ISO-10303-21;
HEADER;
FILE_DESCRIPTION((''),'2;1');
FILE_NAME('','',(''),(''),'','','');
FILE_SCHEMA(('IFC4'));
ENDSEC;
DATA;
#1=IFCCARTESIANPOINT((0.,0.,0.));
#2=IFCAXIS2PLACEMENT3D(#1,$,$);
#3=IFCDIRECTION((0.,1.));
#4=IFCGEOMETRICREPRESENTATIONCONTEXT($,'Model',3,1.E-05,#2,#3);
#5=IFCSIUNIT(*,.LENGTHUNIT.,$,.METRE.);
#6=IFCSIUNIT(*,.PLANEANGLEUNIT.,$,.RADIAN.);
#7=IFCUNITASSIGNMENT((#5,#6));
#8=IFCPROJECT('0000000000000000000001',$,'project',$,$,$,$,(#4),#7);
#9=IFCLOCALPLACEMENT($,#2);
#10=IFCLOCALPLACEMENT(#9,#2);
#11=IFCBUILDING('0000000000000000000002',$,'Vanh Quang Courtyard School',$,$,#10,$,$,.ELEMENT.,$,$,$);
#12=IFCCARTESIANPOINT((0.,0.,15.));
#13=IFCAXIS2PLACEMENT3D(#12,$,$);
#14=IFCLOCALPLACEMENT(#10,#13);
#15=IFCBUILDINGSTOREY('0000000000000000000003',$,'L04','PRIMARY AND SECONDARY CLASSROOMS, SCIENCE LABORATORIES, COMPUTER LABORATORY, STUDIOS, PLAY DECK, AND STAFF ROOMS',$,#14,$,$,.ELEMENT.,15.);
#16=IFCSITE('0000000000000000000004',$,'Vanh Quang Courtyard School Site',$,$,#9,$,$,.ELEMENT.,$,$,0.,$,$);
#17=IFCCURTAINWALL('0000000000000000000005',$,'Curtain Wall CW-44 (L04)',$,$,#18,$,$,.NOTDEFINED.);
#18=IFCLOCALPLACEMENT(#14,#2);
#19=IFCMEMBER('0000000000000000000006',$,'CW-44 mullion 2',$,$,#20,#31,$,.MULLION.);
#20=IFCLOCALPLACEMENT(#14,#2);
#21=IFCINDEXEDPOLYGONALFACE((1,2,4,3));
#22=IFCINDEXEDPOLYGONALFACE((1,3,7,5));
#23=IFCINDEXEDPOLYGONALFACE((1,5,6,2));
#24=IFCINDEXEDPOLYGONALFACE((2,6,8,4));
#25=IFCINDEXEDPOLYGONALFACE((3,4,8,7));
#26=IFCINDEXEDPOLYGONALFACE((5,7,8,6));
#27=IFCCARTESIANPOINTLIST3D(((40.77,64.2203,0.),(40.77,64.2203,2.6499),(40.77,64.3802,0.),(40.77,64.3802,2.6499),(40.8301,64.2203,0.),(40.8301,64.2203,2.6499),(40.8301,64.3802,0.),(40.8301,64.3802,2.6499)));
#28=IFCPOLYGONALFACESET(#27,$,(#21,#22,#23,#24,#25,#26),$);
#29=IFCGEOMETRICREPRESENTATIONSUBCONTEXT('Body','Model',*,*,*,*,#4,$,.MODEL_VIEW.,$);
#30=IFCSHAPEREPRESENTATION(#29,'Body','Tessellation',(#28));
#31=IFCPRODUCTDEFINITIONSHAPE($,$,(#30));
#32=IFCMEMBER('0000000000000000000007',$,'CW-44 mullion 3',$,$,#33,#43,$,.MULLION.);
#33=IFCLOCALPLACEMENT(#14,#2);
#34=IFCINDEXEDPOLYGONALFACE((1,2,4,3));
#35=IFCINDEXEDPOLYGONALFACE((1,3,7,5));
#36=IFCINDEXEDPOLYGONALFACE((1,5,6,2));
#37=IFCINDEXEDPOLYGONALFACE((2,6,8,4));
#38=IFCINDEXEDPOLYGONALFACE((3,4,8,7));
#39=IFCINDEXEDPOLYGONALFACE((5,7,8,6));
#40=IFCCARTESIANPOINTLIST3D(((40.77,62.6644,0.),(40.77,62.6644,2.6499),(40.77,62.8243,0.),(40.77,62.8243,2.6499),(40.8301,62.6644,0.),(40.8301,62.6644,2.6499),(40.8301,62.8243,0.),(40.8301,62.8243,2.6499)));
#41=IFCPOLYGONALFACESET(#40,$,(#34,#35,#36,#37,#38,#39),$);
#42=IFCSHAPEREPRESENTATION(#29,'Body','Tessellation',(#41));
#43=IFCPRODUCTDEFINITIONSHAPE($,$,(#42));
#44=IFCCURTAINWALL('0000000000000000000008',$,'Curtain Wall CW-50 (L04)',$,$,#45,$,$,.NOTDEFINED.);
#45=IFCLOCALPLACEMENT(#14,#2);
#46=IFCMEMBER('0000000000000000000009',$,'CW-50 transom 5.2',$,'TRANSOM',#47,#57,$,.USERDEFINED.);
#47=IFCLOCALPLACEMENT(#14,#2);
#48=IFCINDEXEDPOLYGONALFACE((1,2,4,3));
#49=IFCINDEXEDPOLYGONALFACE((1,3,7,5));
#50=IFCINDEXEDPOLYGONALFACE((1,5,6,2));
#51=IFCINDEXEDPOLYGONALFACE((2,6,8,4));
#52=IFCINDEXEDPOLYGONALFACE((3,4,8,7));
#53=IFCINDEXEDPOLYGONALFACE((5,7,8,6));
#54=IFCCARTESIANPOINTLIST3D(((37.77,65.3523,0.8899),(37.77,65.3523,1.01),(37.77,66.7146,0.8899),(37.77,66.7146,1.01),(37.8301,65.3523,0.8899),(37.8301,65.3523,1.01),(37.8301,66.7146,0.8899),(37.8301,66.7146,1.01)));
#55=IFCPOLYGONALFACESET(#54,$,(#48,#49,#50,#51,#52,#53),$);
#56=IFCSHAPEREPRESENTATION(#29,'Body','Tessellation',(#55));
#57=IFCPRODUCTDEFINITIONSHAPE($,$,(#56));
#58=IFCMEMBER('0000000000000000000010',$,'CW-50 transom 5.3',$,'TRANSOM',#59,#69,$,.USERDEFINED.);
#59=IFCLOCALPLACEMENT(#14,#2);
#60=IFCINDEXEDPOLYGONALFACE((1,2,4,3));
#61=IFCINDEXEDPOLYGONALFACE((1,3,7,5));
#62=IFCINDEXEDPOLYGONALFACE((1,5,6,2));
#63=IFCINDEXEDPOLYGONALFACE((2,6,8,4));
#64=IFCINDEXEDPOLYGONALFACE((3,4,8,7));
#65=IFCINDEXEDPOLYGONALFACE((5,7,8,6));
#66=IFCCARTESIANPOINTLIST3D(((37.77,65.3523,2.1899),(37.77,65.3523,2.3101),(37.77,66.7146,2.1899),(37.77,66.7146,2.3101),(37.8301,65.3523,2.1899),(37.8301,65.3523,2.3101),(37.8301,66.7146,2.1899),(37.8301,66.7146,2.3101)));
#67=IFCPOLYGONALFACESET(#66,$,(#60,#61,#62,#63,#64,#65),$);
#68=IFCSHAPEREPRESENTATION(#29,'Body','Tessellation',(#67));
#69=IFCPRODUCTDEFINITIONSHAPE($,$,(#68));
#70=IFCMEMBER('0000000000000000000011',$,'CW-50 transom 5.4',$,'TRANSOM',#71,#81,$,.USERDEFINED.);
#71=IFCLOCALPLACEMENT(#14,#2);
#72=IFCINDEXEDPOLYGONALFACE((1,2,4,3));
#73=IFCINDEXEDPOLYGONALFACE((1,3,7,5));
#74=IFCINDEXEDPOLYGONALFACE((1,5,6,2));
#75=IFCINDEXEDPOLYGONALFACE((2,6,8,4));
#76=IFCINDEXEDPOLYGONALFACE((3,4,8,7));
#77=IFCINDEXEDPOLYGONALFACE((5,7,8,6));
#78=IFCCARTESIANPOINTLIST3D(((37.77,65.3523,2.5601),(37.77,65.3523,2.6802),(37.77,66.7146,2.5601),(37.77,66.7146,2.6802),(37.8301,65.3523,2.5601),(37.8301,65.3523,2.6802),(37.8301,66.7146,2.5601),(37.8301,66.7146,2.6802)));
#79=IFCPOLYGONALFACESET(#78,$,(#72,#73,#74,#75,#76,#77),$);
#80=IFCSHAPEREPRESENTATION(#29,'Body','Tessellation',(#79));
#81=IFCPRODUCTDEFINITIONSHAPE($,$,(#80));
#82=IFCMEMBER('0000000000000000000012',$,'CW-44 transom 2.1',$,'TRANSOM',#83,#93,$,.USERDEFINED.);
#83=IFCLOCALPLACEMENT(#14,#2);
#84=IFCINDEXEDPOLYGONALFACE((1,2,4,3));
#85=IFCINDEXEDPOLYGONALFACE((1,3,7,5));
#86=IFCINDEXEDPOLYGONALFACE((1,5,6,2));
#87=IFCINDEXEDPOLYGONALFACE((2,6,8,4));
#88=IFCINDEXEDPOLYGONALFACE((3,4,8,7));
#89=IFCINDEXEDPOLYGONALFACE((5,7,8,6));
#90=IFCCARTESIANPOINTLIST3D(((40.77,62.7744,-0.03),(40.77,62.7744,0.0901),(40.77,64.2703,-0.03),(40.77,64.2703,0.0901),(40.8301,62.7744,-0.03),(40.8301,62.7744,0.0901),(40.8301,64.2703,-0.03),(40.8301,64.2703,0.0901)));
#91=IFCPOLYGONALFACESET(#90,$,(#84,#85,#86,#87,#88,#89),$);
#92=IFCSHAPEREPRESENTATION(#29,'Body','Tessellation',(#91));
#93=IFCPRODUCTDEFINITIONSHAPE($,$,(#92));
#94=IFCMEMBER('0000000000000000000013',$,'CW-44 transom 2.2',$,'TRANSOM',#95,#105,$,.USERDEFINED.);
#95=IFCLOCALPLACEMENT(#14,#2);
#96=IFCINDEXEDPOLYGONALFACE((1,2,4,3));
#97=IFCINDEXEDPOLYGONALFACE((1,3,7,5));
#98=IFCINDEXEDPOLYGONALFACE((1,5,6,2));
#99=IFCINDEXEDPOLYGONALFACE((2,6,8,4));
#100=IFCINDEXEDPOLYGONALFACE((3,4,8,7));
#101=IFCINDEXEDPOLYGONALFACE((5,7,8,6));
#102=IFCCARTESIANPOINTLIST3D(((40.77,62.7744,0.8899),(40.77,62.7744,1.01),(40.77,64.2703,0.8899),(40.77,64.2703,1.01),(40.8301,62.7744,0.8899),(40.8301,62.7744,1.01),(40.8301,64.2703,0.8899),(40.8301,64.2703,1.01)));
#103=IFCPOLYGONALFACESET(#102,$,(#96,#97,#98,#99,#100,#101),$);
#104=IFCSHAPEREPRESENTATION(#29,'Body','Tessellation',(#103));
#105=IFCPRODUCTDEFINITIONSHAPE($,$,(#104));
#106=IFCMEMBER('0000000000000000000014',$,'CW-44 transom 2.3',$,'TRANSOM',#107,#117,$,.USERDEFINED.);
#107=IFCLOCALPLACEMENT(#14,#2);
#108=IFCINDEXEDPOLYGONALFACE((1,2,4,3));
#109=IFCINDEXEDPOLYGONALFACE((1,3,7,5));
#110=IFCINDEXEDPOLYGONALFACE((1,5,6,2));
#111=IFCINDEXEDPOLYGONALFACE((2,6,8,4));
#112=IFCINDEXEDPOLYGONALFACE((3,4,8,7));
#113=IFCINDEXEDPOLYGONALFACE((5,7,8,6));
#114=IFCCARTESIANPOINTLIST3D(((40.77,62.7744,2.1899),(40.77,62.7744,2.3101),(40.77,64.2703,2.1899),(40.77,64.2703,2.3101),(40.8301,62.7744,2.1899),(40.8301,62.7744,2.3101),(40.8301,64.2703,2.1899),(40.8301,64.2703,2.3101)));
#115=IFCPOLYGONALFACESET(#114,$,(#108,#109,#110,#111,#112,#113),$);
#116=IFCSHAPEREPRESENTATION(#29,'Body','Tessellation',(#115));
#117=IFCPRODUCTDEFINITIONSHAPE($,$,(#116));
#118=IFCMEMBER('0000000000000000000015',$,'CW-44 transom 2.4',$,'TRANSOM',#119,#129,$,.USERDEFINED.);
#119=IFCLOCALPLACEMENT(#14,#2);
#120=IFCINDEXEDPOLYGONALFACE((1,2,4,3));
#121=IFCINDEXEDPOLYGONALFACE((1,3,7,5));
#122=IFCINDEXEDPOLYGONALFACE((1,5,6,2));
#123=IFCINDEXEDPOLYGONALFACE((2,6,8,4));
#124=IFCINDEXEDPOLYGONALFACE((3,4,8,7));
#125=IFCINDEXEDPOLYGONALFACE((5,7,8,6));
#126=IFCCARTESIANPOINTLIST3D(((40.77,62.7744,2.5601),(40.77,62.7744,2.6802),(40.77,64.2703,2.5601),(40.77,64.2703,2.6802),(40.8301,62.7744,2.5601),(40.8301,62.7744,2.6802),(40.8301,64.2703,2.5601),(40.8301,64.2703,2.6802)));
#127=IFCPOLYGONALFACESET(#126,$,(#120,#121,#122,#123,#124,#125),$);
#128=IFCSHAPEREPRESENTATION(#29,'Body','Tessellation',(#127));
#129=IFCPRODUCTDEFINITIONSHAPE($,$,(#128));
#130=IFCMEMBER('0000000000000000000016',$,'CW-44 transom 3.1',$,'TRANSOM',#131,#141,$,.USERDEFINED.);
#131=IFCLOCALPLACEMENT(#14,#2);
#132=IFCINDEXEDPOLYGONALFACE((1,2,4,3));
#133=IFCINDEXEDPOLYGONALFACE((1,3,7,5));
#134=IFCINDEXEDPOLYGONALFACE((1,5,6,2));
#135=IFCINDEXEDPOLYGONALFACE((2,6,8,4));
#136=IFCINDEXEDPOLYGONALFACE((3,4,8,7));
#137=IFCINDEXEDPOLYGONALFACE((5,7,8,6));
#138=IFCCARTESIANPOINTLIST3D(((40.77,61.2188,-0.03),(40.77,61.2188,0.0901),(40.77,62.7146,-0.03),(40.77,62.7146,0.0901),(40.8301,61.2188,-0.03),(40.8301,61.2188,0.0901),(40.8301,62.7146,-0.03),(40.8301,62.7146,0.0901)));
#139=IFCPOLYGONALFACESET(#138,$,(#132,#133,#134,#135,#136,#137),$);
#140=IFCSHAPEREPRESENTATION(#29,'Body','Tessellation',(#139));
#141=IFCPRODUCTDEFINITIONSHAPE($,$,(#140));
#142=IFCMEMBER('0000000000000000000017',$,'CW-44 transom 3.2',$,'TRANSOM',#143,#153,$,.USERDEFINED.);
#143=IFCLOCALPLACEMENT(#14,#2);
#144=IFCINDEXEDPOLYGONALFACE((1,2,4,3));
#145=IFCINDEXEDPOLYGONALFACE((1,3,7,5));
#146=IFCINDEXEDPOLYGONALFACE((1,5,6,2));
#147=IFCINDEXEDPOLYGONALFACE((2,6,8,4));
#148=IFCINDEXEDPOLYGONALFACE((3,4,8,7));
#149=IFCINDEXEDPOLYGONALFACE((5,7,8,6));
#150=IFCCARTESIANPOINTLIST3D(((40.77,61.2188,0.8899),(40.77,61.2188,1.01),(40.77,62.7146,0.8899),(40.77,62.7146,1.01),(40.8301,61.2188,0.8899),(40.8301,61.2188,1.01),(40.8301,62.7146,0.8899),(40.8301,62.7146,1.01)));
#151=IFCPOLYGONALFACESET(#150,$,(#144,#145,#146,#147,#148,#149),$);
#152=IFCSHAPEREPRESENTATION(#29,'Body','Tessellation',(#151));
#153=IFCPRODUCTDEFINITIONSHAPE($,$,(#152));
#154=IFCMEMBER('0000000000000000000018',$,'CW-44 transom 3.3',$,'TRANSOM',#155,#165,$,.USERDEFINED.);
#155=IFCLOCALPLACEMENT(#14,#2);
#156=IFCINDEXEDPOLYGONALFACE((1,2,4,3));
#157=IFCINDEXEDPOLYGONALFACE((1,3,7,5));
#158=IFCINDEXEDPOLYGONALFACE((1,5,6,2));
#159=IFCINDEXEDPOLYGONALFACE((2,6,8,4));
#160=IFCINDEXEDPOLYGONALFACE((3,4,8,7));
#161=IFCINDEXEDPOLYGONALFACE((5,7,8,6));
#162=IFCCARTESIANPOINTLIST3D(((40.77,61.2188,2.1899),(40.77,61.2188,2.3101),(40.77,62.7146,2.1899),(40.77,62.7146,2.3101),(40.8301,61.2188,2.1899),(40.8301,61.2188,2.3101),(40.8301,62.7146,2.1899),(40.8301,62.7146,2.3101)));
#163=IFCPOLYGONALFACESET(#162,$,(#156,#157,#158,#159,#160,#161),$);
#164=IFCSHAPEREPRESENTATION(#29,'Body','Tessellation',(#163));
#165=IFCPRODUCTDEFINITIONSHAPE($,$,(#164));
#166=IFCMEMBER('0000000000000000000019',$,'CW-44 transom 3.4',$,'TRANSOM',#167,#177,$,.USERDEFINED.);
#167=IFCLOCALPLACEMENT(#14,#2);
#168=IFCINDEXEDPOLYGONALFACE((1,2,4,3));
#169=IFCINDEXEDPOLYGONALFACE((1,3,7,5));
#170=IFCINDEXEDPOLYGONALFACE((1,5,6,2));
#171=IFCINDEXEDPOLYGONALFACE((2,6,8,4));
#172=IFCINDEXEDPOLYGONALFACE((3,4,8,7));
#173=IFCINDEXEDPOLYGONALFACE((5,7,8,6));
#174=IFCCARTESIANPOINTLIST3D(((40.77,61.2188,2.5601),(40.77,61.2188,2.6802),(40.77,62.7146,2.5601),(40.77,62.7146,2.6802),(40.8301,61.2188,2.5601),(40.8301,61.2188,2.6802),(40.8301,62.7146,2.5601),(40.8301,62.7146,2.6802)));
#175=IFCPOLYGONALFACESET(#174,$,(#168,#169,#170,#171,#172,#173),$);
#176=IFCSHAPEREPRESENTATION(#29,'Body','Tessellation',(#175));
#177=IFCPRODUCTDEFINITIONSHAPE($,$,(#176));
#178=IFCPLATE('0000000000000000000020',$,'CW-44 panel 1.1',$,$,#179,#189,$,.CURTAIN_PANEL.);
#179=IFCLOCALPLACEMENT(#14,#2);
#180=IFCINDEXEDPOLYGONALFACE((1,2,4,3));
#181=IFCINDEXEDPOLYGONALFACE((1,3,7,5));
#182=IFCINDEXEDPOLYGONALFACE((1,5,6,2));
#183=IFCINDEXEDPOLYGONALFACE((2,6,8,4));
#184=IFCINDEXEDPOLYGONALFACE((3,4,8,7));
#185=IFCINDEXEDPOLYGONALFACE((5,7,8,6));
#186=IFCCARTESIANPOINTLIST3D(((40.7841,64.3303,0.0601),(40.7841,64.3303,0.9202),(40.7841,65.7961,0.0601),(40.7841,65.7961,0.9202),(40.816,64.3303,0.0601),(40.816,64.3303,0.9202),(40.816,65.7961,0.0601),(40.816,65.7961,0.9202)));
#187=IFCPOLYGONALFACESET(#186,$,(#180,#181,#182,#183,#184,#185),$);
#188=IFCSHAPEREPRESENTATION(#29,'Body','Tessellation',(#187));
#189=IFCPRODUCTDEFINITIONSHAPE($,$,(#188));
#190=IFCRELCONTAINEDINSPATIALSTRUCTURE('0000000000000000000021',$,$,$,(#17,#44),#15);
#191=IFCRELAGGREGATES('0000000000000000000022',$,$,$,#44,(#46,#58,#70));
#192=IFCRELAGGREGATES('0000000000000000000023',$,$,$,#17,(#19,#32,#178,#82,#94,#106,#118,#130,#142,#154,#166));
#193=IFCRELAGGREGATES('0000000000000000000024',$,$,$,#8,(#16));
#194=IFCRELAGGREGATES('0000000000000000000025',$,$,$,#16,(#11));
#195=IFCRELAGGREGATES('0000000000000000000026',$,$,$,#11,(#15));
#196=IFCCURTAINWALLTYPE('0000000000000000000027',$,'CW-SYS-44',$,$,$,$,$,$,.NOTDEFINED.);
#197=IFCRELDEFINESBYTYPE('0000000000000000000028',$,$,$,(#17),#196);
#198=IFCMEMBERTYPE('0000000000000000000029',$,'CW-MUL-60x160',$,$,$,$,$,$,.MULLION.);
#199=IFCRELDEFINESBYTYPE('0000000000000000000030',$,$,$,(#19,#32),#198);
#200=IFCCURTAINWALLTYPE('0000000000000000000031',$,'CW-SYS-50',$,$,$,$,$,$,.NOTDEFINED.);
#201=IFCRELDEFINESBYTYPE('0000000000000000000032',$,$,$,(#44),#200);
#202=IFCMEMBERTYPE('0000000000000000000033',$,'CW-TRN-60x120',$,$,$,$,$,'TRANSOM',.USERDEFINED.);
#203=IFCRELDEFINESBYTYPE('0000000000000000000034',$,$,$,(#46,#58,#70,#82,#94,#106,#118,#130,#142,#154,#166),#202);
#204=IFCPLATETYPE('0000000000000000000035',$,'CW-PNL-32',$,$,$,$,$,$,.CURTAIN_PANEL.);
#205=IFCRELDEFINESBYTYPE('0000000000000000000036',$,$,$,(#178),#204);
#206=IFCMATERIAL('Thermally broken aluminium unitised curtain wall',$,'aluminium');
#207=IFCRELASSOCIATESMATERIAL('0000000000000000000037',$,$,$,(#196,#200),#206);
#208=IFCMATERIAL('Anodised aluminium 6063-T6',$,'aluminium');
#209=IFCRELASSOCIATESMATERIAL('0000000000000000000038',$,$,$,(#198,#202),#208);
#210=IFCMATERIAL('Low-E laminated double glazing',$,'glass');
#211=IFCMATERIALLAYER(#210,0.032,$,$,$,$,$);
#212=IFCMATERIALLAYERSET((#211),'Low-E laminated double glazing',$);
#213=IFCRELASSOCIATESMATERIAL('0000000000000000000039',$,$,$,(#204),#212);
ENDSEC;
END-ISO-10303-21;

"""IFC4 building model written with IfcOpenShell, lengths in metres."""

from ifc_helpers import new_model, si_unit, direction, frame, origin, origin_2d, place, context, subcontext, project, spatial, rectangle, extrude, material, layer, layer_set, material_profile, profile_set, type_object, element, aggregate, save


model = new_model("IFC4")

# Units and contexts
model_context = context("Model", 3, precision=1e-05, world=origin(), true_north=direction((0.0, 1.0)))
body_context = subcontext(model_context, "Body", "Model", "MODEL_VIEW")
ifc_project = project(units=[si_unit("LENGTHUNIT", "METRE"), si_unit("PLANEANGLEUNIT", "RADIAN")], contexts=[model_context])

# Site, building, storey
site_placement = place(None, origin())
site = spatial("IfcSite", under=ifc_project, at=site_placement, Name="Vanh Quang Courtyard School Site", CompositionType="ELEMENT", RefElevation=0.0)
building_placement = place(site_placement, origin())
building = spatial("IfcBuilding", under=site, at=building_placement, Name="Vanh Quang Courtyard School", CompositionType="ELEMENT")
storey_placement = place(building_placement, frame((0.0, 0.0, 15.0)))
storey = spatial("IfcBuildingStorey", under=building, at=storey_placement, Name="L04", Description="PRIMARY AND SECONDARY CLASSROOMS, SCIENCE LABORATORIES, COMPUTER LABORATORY, STUDIOS, PLAY DECK, AND STAFF ROOMS", CompositionType="ELEMENT", Elevation=15.0)

# Curtain walls, members
ifc_material_1 = material(Name="Thermally broken aluminium unitised curtain wall", Category="aluminium")
curtain_wall_type_1 = type_object("IfcCurtainWallType", Name="CW-SYS-44", PredefinedType="NOTDEFINED", material=ifc_material_1)
curtain_wall_1_placement = place(storey_placement, origin())
curtain_wall_1 = element("IfcCurtainWall", 1, at=curtain_wall_1_placement, inside=storey, type_object=curtain_wall_type_1, Name="Curtain Wall CW-44 (L04)", PredefinedType="NOTDEFINED")
ifc_material_2 = material(Name="Anodised aluminium 6063-T6", Category="aluminium")
ifc_material_profile_1 = material_profile(ifc_material_2, rectangle(XDim=0.0601, YDim=0.1599, at=origin_2d()), Name="ALU-MUL 60x160")
ifc_profile_set_1 = profile_set([ifc_material_profile_1], Name="Anodised aluminium 6063-T6")
member_type_1 = type_object("IfcMemberType", Name="CW-MUL-60x160", PredefinedType="MULLION", material=ifc_profile_set_1)
member_1_placement = place(storey_placement, frame((40.8, 64.3003, 0.0), z_axis=(0.0, 0.0, 1.0), x_axis=(1.0, 0.0, 0.0)))
member_1 = element("IfcMember", 2, at=member_1_placement, type_object=member_type_1, Name="CW-44 mullion 2", PredefinedType="MULLION", context=body_context, shape_type="SweptSolid", body=[
    extrude(rectangle(XDim=0.0601, YDim=0.1599, at=origin_2d()), origin(), (0.0, 0.0, 1.0), 2.6499),
])
member_2_placement = place(storey_placement, frame((40.8, 62.7444, 0.0), z_axis=(0.0, 0.0, 1.0), x_axis=(1.0, 0.0, 0.0)))
member_2 = element("IfcMember", 3, at=member_2_placement, type_object=member_type_1, Name="CW-44 mullion 3", PredefinedType="MULLION", context=body_context, shape_type="SweptSolid", body=[
    extrude(rectangle(XDim=0.0601, YDim=0.1599, at=origin_2d()), origin(), (0.0, 0.0, 1.0), 2.6499),
])
curtain_wall_type_2 = type_object("IfcCurtainWallType", Name="CW-SYS-50", PredefinedType="NOTDEFINED", material=ifc_material_1)
curtain_wall_2_placement = place(storey_placement, origin())
curtain_wall_2 = element("IfcCurtainWall", 4, at=curtain_wall_2_placement, inside=storey, type_object=curtain_wall_type_2, Name="Curtain Wall CW-50 (L04)", PredefinedType="NOTDEFINED")
ifc_material_profile_2 = material_profile(ifc_material_2, rectangle(XDim=0.0601, YDim=0.1201, at=origin_2d()), Name="ALU-TRN 60x120")
ifc_profile_set_2 = profile_set([ifc_material_profile_2], Name="Anodised aluminium 6063-T6")
member_type_2 = type_object("IfcMemberType", Name="CW-TRN-60x120", ElementType="TRANSOM", PredefinedType="USERDEFINED", material=ifc_profile_set_2)
member_3_placement = place(storey_placement, frame((37.8, 65.3523, 0.95), z_axis=(0.0, 1.0, 0.0), x_axis=(-1.0, 0.0, 0.0)))
member_3 = element("IfcMember", 5, at=member_3_placement, type_object=member_type_2, Name="CW-50 transom 5.2", ObjectType="TRANSOM", PredefinedType="USERDEFINED", context=body_context, shape_type="SweptSolid", body=[
    extrude(rectangle(XDim=0.0601, YDim=0.1201, at=origin_2d()), origin(), (0.0, 0.0, 1.0), 1.3623),
])
member_4_placement = place(storey_placement, frame((37.8, 65.3523, 2.25), z_axis=(0.0, 1.0, 0.0), x_axis=(-1.0, 0.0, 0.0)))
member_4 = element("IfcMember", 6, at=member_4_placement, type_object=member_type_2, Name="CW-50 transom 5.3", ObjectType="TRANSOM", PredefinedType="USERDEFINED", context=body_context, shape_type="SweptSolid", body=[
    extrude(rectangle(XDim=0.0601, YDim=0.1201, at=origin_2d()), origin(), (0.0, 0.0, 1.0), 1.3623),
])
member_5_placement = place(storey_placement, frame((37.8, 65.3523, 2.6201), z_axis=(0.0, 1.0, 0.0), x_axis=(-1.0, 0.0, 0.0)))
member_5 = element("IfcMember", 7, at=member_5_placement, type_object=member_type_2, Name="CW-50 transom 5.4", ObjectType="TRANSOM", PredefinedType="USERDEFINED", context=body_context, shape_type="SweptSolid", body=[
    extrude(rectangle(XDim=0.0601, YDim=0.1201, at=origin_2d()), origin(), (0.0, 0.0, 1.0), 1.3623),
])
aggregate(curtain_wall_2, [member_3, member_4, member_5])

# Members
member_6_placement = place(storey_placement, frame((40.8, 64.2703, 0.03), z_axis=(0.0, -1.0, 0.0), x_axis=(1.0, 0.0, 0.0)))
member_6 = element("IfcMember", 8, at=member_6_placement, type_object=member_type_2, Name="CW-44 transom 2.1", ObjectType="TRANSOM", PredefinedType="USERDEFINED", context=body_context, shape_type="SweptSolid", body=[
    extrude(rectangle(XDim=0.0601, YDim=0.1201, at=origin_2d()), origin(), (0.0, 0.0, 1.0), 1.4958),
])
member_7_placement = place(storey_placement, frame((40.8, 64.2703, 0.95), z_axis=(0.0, -1.0, 0.0), x_axis=(1.0, 0.0, 0.0)))
member_7 = element("IfcMember", 9, at=member_7_placement, type_object=member_type_2, Name="CW-44 transom 2.2", ObjectType="TRANSOM", PredefinedType="USERDEFINED", context=body_context, shape_type="SweptSolid", body=[
    extrude(rectangle(XDim=0.0601, YDim=0.1201, at=origin_2d()), origin(), (0.0, 0.0, 1.0), 1.4958),
])
member_8_placement = place(storey_placement, frame((40.8, 64.2703, 2.25), z_axis=(0.0, -1.0, 0.0), x_axis=(1.0, 0.0, 0.0)))
member_8 = element("IfcMember", 10, at=member_8_placement, type_object=member_type_2, Name="CW-44 transom 2.3", ObjectType="TRANSOM", PredefinedType="USERDEFINED", context=body_context, shape_type="SweptSolid", body=[
    extrude(rectangle(XDim=0.0601, YDim=0.1201, at=origin_2d()), origin(), (0.0, 0.0, 1.0), 1.4958),
])
member_9_placement = place(storey_placement, frame((40.8, 64.2703, 2.6201), z_axis=(0.0, -1.0, 0.0), x_axis=(1.0, 0.0, 0.0)))
member_9 = element("IfcMember", 11, at=member_9_placement, type_object=member_type_2, Name="CW-44 transom 2.4", ObjectType="TRANSOM", PredefinedType="USERDEFINED", context=body_context, shape_type="SweptSolid", body=[
    extrude(rectangle(XDim=0.0601, YDim=0.1201, at=origin_2d()), origin(), (0.0, 0.0, 1.0), 1.4958),
])
member_10_placement = place(storey_placement, frame((40.8, 62.7146, 0.03), z_axis=(0.0, -1.0, 0.0), x_axis=(1.0, 0.0, 0.0)))
member_10 = element("IfcMember", 12, at=member_10_placement, type_object=member_type_2, Name="CW-44 transom 3.1", ObjectType="TRANSOM", PredefinedType="USERDEFINED", context=body_context, shape_type="SweptSolid", body=[
    extrude(rectangle(XDim=0.0601, YDim=0.1201, at=origin_2d()), origin(), (0.0, 0.0, 1.0), 1.4958),
])
member_11_placement = place(storey_placement, frame((40.8, 62.7146, 0.95), z_axis=(0.0, -1.0, 0.0), x_axis=(1.0, 0.0, 0.0)))
member_11 = element("IfcMember", 13, at=member_11_placement, type_object=member_type_2, Name="CW-44 transom 3.2", ObjectType="TRANSOM", PredefinedType="USERDEFINED", context=body_context, shape_type="SweptSolid", body=[
    extrude(rectangle(XDim=0.0601, YDim=0.1201, at=origin_2d()), origin(), (0.0, 0.0, 1.0), 1.4958),
])
member_12_placement = place(storey_placement, frame((40.8, 62.7146, 2.25), z_axis=(0.0, -1.0, 0.0), x_axis=(1.0, 0.0, 0.0)))
member_12 = element("IfcMember", 14, at=member_12_placement, type_object=member_type_2, Name="CW-44 transom 3.3", ObjectType="TRANSOM", PredefinedType="USERDEFINED", context=body_context, shape_type="SweptSolid", body=[
    extrude(rectangle(XDim=0.0601, YDim=0.1201, at=origin_2d()), origin(), (0.0, 0.0, 1.0), 1.4958),
])
member_13_placement = place(storey_placement, frame((40.8, 62.7146, 2.6201), z_axis=(0.0, -1.0, 0.0), x_axis=(1.0, 0.0, 0.0)))
member_13 = element("IfcMember", 15, at=member_13_placement, type_object=member_type_2, Name="CW-44 transom 3.4", ObjectType="TRANSOM", PredefinedType="USERDEFINED", context=body_context, shape_type="SweptSolid", body=[
    extrude(rectangle(XDim=0.0601, YDim=0.1201, at=origin_2d()), origin(), (0.0, 0.0, 1.0), 1.4958),
])

# Plate
ifc_material_3 = material(Name="Low-E laminated double glazing", Category="glass")
ifc_layer = layer(ifc_material_3, 0.032)
ifc_layer_set = layer_set([ifc_layer], Name="Low-E laminated double glazing")
plate_type = type_object("IfcPlateType", Name="CW-PNL-32", PredefinedType="CURTAIN_PANEL", material=ifc_layer_set)
plate_1_placement = place(storey_placement, frame((40.8, 65.0632, 0.0601), z_axis=(0.0, 0.0, 1.0), x_axis=(0.0, -1.0, 0.0)))
plate_1 = element("IfcPlate", 16, at=plate_1_placement, type_object=plate_type, Name="CW-44 panel 1.1", PredefinedType="CURTAIN_PANEL", context=body_context, shape_type="SweptSolid", body=[
    extrude(rectangle(XDim=1.4658, YDim=0.032, at=origin_2d()), origin(), (0.0, 0.0, 1.0), 0.8601),
])
aggregate(curtain_wall_1, [member_1, member_2, plate_1, member_6, member_7, member_8, member_9, member_10, member_11, member_12, member_13])

save(model, "model.ifc")
